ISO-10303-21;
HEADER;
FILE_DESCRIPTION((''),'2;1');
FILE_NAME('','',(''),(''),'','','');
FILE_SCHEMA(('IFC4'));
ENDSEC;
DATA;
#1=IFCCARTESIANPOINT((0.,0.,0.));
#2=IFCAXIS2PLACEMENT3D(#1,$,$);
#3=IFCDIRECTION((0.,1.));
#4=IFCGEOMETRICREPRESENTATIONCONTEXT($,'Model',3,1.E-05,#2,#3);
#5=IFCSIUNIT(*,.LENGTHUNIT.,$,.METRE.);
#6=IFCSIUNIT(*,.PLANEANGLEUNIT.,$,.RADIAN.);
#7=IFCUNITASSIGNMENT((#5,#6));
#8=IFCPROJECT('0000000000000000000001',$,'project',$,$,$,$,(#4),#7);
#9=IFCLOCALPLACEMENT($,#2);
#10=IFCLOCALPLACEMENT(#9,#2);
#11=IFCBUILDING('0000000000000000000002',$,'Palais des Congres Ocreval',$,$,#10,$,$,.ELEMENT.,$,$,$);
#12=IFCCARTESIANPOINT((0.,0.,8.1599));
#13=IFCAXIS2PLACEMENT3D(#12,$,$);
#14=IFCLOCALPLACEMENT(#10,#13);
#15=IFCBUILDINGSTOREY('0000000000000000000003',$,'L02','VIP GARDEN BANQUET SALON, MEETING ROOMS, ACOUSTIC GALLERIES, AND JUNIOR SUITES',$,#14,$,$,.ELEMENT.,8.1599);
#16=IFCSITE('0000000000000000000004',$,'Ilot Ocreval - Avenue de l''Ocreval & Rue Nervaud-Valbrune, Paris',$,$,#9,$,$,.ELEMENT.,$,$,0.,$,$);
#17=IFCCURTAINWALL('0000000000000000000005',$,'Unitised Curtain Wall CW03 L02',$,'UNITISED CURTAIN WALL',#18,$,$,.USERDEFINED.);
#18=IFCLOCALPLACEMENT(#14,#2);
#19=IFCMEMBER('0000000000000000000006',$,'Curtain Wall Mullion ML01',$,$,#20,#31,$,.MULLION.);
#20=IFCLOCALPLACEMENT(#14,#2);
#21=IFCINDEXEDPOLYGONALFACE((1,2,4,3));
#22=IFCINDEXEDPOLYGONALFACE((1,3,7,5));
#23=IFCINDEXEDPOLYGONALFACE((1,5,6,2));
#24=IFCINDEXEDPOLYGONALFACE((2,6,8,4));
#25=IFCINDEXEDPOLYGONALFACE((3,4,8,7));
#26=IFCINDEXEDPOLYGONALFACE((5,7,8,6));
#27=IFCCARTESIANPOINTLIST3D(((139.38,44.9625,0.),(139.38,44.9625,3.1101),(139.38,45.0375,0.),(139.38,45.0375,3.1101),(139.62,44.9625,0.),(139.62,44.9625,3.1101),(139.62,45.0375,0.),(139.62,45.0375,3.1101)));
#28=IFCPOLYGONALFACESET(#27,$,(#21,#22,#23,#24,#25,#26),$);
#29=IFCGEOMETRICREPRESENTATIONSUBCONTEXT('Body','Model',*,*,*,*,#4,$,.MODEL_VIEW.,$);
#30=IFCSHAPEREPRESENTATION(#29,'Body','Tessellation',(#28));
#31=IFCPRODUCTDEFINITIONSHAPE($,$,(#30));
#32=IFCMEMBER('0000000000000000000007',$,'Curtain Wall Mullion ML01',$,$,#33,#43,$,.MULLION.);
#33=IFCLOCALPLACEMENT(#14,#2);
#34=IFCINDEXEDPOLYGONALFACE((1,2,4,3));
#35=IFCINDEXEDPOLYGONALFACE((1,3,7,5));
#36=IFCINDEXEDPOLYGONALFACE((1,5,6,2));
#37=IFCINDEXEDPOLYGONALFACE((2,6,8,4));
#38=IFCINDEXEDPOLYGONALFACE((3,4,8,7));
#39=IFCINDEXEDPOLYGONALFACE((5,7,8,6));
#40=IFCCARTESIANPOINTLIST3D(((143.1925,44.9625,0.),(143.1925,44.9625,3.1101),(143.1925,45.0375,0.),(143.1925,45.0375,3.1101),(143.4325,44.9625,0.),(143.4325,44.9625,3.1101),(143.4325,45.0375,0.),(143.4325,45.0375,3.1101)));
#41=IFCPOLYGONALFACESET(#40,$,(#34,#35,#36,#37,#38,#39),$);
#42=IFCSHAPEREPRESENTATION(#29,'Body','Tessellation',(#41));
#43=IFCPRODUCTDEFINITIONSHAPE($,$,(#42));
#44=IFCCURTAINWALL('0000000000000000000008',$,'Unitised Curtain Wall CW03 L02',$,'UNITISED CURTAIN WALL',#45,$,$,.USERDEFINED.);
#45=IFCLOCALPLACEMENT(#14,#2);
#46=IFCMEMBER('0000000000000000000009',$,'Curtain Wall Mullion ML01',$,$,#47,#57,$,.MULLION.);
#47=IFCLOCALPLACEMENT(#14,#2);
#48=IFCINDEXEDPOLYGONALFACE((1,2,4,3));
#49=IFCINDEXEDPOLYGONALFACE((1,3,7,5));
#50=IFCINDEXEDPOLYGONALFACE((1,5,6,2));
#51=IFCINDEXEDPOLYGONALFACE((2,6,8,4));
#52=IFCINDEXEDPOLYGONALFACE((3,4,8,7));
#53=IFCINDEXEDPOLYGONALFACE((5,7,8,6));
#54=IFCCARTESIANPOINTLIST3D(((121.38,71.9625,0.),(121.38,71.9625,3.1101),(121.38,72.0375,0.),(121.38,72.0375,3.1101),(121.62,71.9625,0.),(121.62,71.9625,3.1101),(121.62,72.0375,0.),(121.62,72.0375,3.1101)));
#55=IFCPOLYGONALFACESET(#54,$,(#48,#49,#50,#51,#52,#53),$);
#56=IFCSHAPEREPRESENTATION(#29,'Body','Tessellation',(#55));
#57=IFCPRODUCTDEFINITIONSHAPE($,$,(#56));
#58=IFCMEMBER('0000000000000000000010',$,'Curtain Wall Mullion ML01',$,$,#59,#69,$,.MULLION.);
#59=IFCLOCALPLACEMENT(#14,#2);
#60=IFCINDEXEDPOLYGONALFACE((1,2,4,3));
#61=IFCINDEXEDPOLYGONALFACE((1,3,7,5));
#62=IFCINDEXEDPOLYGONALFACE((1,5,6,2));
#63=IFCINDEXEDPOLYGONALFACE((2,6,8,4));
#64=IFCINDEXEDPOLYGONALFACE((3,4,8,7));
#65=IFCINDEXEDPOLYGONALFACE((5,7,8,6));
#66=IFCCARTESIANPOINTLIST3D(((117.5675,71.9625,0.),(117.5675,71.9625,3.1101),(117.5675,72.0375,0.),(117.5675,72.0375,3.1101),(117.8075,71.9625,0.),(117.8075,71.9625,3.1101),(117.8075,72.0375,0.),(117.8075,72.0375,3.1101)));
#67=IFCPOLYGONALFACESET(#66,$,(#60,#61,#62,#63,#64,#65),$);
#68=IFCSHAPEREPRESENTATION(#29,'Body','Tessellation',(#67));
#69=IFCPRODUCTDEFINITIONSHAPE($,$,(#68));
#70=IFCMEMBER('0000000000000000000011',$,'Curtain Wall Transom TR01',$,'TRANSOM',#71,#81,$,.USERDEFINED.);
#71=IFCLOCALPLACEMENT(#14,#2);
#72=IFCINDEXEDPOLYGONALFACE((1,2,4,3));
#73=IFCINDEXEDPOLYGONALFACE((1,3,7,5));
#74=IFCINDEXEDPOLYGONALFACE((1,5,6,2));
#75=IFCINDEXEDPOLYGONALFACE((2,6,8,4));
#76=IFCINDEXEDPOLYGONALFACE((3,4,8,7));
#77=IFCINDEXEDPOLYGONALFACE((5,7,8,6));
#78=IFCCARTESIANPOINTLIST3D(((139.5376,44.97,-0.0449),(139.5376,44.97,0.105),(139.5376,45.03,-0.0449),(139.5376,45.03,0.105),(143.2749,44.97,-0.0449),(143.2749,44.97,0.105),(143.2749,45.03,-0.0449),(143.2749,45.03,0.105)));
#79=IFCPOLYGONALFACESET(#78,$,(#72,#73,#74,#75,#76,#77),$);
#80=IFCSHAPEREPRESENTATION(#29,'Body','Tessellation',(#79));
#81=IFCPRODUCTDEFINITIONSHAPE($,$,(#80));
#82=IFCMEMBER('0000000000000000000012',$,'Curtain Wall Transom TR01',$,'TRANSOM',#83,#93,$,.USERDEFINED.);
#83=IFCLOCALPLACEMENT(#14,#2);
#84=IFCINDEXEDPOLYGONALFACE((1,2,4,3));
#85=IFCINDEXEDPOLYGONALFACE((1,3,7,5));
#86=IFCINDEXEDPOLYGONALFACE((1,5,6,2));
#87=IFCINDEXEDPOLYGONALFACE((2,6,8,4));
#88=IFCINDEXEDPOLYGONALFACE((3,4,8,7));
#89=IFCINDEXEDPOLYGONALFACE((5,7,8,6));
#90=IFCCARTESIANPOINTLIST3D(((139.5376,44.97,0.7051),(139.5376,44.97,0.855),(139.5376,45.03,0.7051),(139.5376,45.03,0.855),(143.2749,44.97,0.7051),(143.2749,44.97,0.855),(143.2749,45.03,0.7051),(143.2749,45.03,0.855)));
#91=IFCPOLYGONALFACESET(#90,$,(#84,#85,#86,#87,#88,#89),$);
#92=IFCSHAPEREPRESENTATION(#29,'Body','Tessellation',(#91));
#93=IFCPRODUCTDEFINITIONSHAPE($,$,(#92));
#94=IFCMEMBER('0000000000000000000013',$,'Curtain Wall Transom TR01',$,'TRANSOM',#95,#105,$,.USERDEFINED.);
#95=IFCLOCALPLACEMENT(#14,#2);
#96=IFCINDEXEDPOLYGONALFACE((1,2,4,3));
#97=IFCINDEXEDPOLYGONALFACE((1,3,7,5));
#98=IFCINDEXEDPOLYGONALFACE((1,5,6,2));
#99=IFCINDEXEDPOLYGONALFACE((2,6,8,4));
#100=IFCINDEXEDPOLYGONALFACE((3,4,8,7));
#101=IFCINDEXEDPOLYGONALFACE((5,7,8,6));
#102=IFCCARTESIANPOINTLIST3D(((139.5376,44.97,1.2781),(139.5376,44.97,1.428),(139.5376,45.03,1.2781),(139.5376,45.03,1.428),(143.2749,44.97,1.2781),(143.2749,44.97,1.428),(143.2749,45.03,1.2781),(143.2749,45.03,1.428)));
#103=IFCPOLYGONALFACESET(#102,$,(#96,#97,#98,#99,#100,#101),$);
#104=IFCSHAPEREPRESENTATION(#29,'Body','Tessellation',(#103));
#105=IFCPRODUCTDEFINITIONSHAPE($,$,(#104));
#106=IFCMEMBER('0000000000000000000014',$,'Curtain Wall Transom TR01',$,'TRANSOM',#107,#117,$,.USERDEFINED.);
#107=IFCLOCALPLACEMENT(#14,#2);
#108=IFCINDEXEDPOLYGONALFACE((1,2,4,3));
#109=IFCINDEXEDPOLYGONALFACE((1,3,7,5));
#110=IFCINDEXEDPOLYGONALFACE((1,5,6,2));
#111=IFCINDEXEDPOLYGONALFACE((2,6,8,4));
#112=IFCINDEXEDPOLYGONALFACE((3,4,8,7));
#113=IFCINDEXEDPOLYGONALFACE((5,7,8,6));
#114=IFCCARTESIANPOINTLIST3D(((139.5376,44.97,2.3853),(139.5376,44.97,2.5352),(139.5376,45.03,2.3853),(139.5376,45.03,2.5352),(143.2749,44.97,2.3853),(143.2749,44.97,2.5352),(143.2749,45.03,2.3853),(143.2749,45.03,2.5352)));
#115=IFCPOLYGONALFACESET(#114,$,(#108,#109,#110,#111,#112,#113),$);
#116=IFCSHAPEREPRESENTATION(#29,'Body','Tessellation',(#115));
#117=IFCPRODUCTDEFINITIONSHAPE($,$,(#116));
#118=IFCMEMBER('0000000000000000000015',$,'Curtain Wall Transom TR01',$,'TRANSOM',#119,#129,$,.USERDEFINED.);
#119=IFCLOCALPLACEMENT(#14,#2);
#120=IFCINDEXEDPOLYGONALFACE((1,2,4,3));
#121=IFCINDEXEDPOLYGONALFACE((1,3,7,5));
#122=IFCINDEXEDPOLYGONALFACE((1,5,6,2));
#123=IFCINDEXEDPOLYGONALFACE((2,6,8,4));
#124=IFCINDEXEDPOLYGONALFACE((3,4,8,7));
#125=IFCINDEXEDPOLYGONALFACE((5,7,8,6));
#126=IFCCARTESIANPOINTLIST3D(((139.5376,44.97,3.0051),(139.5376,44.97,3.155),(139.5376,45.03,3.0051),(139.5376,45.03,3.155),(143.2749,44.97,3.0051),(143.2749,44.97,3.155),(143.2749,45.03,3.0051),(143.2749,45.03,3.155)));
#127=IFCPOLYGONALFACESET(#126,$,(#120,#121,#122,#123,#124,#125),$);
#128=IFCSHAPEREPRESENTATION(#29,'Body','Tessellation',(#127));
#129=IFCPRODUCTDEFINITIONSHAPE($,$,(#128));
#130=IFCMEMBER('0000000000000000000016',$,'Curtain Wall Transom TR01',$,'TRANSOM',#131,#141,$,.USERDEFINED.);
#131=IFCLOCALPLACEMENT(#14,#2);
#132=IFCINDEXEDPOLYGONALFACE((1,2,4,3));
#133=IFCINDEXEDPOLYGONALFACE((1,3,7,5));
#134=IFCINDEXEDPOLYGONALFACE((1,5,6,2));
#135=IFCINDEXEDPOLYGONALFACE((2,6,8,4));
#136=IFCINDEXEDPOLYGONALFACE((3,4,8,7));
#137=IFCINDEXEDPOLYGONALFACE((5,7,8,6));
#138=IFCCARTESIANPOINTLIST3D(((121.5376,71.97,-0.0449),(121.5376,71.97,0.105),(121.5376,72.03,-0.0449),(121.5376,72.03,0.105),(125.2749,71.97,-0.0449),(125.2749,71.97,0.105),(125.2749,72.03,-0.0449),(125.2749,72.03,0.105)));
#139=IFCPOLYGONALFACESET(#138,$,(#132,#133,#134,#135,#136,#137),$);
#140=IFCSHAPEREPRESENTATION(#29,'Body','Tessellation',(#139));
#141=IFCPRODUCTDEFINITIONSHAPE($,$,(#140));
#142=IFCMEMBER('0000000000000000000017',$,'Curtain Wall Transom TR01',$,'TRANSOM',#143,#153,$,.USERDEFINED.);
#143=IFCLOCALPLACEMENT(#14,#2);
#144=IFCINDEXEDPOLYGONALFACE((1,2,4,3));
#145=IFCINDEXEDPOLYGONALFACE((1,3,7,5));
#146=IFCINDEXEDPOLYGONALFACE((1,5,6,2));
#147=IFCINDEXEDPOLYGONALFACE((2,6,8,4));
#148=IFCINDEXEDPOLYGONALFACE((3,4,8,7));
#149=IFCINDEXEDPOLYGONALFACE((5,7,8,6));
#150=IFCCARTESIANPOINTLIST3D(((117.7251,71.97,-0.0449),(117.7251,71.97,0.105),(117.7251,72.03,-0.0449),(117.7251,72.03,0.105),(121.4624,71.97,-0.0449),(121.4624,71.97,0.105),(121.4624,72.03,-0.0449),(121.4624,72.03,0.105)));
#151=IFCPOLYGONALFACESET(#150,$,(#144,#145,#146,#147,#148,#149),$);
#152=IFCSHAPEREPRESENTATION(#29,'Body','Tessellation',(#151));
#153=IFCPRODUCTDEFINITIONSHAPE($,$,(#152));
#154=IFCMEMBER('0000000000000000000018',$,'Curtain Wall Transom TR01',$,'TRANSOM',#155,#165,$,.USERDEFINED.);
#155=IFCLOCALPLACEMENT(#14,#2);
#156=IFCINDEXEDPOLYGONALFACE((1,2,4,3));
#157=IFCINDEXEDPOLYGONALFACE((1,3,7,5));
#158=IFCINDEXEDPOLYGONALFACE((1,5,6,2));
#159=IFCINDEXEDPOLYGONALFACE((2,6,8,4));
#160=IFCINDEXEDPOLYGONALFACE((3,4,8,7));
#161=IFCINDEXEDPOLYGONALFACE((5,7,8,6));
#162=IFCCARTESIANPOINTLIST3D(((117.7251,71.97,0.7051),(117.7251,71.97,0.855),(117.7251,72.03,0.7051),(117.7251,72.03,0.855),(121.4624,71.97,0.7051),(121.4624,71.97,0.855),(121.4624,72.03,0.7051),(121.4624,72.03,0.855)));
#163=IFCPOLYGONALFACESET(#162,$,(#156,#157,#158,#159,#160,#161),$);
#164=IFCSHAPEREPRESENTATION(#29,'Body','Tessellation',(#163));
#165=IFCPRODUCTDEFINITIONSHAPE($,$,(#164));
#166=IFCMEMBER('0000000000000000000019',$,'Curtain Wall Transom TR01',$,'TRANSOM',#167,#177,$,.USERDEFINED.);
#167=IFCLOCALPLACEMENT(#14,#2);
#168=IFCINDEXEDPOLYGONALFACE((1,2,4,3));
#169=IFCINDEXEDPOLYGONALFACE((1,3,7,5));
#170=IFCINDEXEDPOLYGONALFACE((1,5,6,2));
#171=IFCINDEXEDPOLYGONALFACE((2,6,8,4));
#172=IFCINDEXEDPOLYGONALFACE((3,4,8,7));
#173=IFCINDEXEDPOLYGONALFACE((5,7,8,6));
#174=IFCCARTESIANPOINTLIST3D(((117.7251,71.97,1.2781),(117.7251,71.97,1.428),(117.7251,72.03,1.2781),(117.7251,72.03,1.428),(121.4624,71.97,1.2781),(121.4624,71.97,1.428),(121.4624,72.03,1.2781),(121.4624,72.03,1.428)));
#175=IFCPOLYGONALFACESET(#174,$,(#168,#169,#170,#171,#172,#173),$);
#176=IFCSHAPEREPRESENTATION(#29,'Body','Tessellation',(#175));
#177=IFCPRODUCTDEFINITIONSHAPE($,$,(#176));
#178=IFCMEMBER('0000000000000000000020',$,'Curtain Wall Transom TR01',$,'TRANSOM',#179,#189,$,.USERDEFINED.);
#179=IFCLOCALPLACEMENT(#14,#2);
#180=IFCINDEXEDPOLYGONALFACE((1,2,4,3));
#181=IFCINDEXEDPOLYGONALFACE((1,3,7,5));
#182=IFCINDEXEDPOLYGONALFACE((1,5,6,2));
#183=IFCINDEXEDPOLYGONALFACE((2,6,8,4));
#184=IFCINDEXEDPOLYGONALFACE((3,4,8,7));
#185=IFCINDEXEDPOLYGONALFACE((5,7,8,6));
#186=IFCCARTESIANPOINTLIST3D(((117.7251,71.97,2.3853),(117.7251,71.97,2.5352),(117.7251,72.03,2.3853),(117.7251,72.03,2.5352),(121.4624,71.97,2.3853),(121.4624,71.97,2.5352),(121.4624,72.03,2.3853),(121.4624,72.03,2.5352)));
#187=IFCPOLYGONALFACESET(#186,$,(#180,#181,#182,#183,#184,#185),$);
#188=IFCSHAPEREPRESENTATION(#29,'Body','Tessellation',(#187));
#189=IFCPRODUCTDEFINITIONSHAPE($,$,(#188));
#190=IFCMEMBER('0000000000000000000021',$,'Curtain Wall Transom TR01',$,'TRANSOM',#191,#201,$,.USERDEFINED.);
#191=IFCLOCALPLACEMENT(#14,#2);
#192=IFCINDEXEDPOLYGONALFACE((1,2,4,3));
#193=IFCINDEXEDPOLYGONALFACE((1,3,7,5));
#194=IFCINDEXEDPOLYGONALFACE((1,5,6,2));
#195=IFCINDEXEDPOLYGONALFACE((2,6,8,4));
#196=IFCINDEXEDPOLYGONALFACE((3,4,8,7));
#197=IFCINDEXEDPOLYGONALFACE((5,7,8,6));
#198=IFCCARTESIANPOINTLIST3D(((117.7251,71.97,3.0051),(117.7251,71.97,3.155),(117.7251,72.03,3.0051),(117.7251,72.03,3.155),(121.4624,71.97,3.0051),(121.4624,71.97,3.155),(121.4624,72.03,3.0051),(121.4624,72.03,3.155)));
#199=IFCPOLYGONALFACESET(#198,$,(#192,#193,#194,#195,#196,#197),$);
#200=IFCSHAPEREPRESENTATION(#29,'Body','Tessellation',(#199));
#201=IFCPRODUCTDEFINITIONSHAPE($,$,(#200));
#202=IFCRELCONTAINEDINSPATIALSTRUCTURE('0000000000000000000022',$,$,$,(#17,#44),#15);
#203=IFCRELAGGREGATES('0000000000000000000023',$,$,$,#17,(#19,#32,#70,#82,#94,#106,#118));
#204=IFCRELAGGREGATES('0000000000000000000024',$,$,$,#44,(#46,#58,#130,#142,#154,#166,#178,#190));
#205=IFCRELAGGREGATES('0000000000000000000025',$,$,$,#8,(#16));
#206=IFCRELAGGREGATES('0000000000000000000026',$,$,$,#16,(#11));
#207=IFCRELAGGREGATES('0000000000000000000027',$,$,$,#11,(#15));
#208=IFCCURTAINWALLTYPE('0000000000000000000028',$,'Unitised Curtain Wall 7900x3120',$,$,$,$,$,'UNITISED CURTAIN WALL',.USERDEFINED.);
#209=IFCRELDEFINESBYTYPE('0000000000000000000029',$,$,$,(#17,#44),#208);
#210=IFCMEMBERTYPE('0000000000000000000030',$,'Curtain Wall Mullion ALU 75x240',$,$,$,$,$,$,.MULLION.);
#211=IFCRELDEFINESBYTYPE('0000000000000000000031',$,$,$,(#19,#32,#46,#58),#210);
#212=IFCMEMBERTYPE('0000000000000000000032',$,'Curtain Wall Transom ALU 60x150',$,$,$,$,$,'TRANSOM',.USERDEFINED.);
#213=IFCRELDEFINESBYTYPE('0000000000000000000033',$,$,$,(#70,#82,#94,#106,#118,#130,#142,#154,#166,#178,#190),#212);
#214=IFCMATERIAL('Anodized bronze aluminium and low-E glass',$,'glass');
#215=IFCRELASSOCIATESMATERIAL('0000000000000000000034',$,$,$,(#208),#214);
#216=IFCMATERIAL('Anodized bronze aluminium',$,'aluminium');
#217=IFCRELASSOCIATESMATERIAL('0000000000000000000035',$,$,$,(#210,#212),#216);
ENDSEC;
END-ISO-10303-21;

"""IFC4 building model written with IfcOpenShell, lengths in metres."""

from ifc_helpers import new_model, si_unit, direction, frame, origin, origin_2d, place, context, subcontext, project, spatial, rectangle, extrude, material, material_profile, profile_set, type_object, element, aggregate, save


model = new_model("IFC4")

# Units and contexts
model_context = context("Model", 3, precision=1e-05, world=origin(), true_north=direction((0.0, 1.0)))
body_context = subcontext(model_context, "Body", "Model", "MODEL_VIEW")
ifc_project = project(units=[si_unit("LENGTHUNIT", "METRE"), si_unit("PLANEANGLEUNIT", "RADIAN")], contexts=[model_context])

# Site, building, storey
site_placement = place(None, origin())
site = spatial("IfcSite", under=ifc_project, at=site_placement, Name="Ilot Ocreval - Avenue de l'Ocreval & Rue Nervaud-Valbrune, Paris", CompositionType="ELEMENT", RefElevation=0.0)
building_placement = place(site_placement, origin())
building = spatial("IfcBuilding", under=site, at=building_placement, Name="Palais des Congres Ocreval", CompositionType="ELEMENT")
storey_placement = place(building_placement, frame((0.0, 0.0, 8.1599)))
storey = spatial("IfcBuildingStorey", under=building, at=storey_placement, Name="L02", Description="VIP GARDEN BANQUET SALON, MEETING ROOMS, ACOUSTIC GALLERIES, AND JUNIOR SUITES", CompositionType="ELEMENT", Elevation=8.1599)

# Curtain walls, members
ifc_material_1 = material(Name="Anodized bronze aluminium and low-E glass", Category="glass")
curtain_wall_type = type_object("IfcCurtainWallType", Name="Unitised Curtain Wall 7900x3120", ElementType="UNITISED CURTAIN WALL", PredefinedType="USERDEFINED", material=ifc_material_1)
curtain_wall_1_placement = place(storey_placement, origin())
curtain_wall_1 = element("IfcCurtainWall", 1, at=curtain_wall_1_placement, inside=storey, type_object=curtain_wall_type, Name="Unitised Curtain Wall CW03 L02", ObjectType="UNITISED CURTAIN WALL", PredefinedType="USERDEFINED")
ifc_material_2 = material(Name="Anodized bronze aluminium", Category="aluminium")
ifc_material_profile_1 = material_profile(ifc_material_2, rectangle(XDim=0.075, YDim=0.24, at=origin_2d()), Name="ALU 75x240")
ifc_profile_set_1 = profile_set([ifc_material_profile_1], Name="Anodized bronze aluminium")
member_type_1 = type_object("IfcMemberType", Name="Curtain Wall Mullion ALU 75x240", PredefinedType="MULLION", material=ifc_profile_set_1)
member_1_placement = place(storey_placement, frame((139.5, 45.0, 0.0), z_axis=(0.0, 0.0, 1.0), x_axis=(0.0, 1.0, 0.0)))
member_1 = element("IfcMember", 2, at=member_1_placement, type_object=member_type_1, Name="Curtain Wall Mullion ML01", PredefinedType="MULLION", context=body_context, shape_type="SweptSolid", body=[
    extrude(rectangle(XDim=0.075, YDim=0.24, at=origin_2d()), origin(), (0.0, 0.0, 1.0), 3.1101),
])
member_2_placement = place(storey_placement, frame((143.3125, 45.0, 0.0), z_axis=(0.0, 0.0, 1.0), x_axis=(0.0, 1.0, 0.0)))
member_2 = element("IfcMember", 3, at=member_2_placement, type_object=member_type_1, Name="Curtain Wall Mullion ML01", PredefinedType="MULLION", context=body_context, shape_type="SweptSolid", body=[
    extrude(rectangle(XDim=0.075, YDim=0.24, at=origin_2d()), origin(), (0.0, 0.0, 1.0), 3.1101),
])
curtain_wall_2_placement = place(storey_placement, origin())
curtain_wall_2 = element("IfcCurtainWall", 4, at=curtain_wall_2_placement, inside=storey, type_object=curtain_wall_type, Name="Unitised Curtain Wall CW03 L02", ObjectType="UNITISED CURTAIN WALL", PredefinedType="USERDEFINED")
member_3_placement = place(storey_placement, frame((121.5, 72.0, 0.0), z_axis=(0.0, 0.0, 1.0), x_axis=(0.0, -1.0, 0.0)))
member_3 = element("IfcMember", 5, at=member_3_placement, type_object=member_type_1, Name="Curtain Wall Mullion ML01", PredefinedType="MULLION", context=body_context, shape_type="SweptSolid", body=[
    extrude(rectangle(XDim=0.075, YDim=0.24, at=origin_2d()), origin(), (0.0, 0.0, 1.0), 3.1101),
])
member_4_placement = place(storey_placement, frame((117.6875, 72.0, 0.0), z_axis=(0.0, 0.0, 1.0), x_axis=(0.0, -1.0, 0.0)))
member_4 = element("IfcMember", 6, at=member_4_placement, type_object=member_type_1, Name="Curtain Wall Mullion ML01", PredefinedType="MULLION", context=body_context, shape_type="SweptSolid", body=[
    extrude(rectangle(XDim=0.075, YDim=0.24, at=origin_2d()), origin(), (0.0, 0.0, 1.0), 3.1101),
])

# Members
ifc_material_profile_2 = material_profile(ifc_material_2, rectangle(XDim=0.0601, YDim=0.1499, at=origin_2d()), Name="ALU 60x150")
ifc_profile_set_2 = profile_set([ifc_material_profile_2], Name="Anodized bronze aluminium")
member_type_2 = type_object("IfcMemberType", Name="Curtain Wall Transom ALU 60x150", ElementType="TRANSOM", PredefinedType="USERDEFINED", material=ifc_profile_set_2)
member_5_placement = place(storey_placement, frame((139.5376, 45.0, 0.03), z_axis=(1.0, 0.0, 0.0), x_axis=(0.0, 1.0, 0.0)))
member_5 = element("IfcMember", 7, at=member_5_placement, type_object=member_type_2, Name="Curtain Wall Transom TR01", ObjectType="TRANSOM", PredefinedType="USERDEFINED", context=body_context, shape_type="SweptSolid", body=[
    extrude(rectangle(XDim=0.0601, YDim=0.1499, at=origin_2d()), origin(), (0.0, 0.0, 1.0), 3.7373),
])
member_6_placement = place(storey_placement, frame((139.5376, 45.0, 0.78), z_axis=(1.0, 0.0, 0.0), x_axis=(0.0, 1.0, 0.0)))
member_6 = element("IfcMember", 8, at=member_6_placement, type_object=member_type_2, Name="Curtain Wall Transom TR01", ObjectType="TRANSOM", PredefinedType="USERDEFINED", context=body_context, shape_type="SweptSolid", body=[
    extrude(rectangle(XDim=0.0601, YDim=0.1499, at=origin_2d()), origin(), (0.0, 0.0, 1.0), 3.7373),
])
member_7_placement = place(storey_placement, frame((139.5376, 45.0, 1.353), z_axis=(1.0, 0.0, 0.0), x_axis=(0.0, 1.0, 0.0)))
member_7 = element("IfcMember", 9, at=member_7_placement, type_object=member_type_2, Name="Curtain Wall Transom TR01", ObjectType="TRANSOM", PredefinedType="USERDEFINED", context=body_context, shape_type="SweptSolid", body=[
    extrude(rectangle(XDim=0.0601, YDim=0.1499, at=origin_2d()), origin(), (0.0, 0.0, 1.0), 3.7373),
])
member_8_placement = place(storey_placement, frame((139.5376, 45.0, 2.4602), z_axis=(1.0, 0.0, 0.0), x_axis=(0.0, 1.0, 0.0)))
member_8 = element("IfcMember", 10, at=member_8_placement, type_object=member_type_2, Name="Curtain Wall Transom TR01", ObjectType="TRANSOM", PredefinedType="USERDEFINED", context=body_context, shape_type="SweptSolid", body=[
    extrude(rectangle(XDim=0.0601, YDim=0.1499, at=origin_2d()), origin(), (0.0, 0.0, 1.0), 3.7373),
])
member_9_placement = place(storey_placement, frame((139.5376, 45.0, 3.0801), z_axis=(1.0, 0.0, 0.0), x_axis=(0.0, 1.0, 0.0)))
member_9 = element("IfcMember", 11, at=member_9_placement, type_object=member_type_2, Name="Curtain Wall Transom TR01", ObjectType="TRANSOM", PredefinedType="USERDEFINED", context=body_context, shape_type="SweptSolid", body=[
    extrude(rectangle(XDim=0.0601, YDim=0.1499, at=origin_2d()), origin(), (0.0, 0.0, 1.0), 3.7373),
])
member_10_placement = place(storey_placement, frame((125.2749, 72.0, 0.03), z_axis=(-1.0, 0.0, 0.0), x_axis=(0.0, -1.0, 0.0)))
member_10 = element("IfcMember", 12, at=member_10_placement, type_object=member_type_2, Name="Curtain Wall Transom TR01", ObjectType="TRANSOM", PredefinedType="USERDEFINED", context=body_context, shape_type="SweptSolid", body=[
    extrude(rectangle(XDim=0.0601, YDim=0.1499, at=origin_2d()), origin(), (0.0, 0.0, 1.0), 3.7373),
])
member_11_placement = place(storey_placement, frame((121.4624, 72.0, 0.03), z_axis=(-1.0, 0.0, 0.0), x_axis=(0.0, -1.0, 0.0)))
member_11 = element("IfcMember", 13, at=member_11_placement, type_object=member_type_2, Name="Curtain Wall Transom TR01", ObjectType="TRANSOM", PredefinedType="USERDEFINED", context=body_context, shape_type="SweptSolid", body=[
    extrude(rectangle(XDim=0.0601, YDim=0.1499, at=origin_2d()), origin(), (0.0, 0.0, 1.0), 3.7373),
])
member_12_placement = place(storey_placement, frame((121.4624, 72.0, 0.78), z_axis=(-1.0, 0.0, 0.0), x_axis=(0.0, -1.0, 0.0)))
member_12 = element("IfcMember", 14, at=member_12_placement, type_object=member_type_2, Name="Curtain Wall Transom TR01", ObjectType="TRANSOM", PredefinedType="USERDEFINED", context=body_context, shape_type="SweptSolid", body=[
    extrude(rectangle(XDim=0.0601, YDim=0.1499, at=origin_2d()), origin(), (0.0, 0.0, 1.0), 3.7373),
])
member_13_placement = place(storey_placement, frame((121.4624, 72.0, 1.353), z_axis=(-1.0, 0.0, 0.0), x_axis=(0.0, -1.0, 0.0)))
member_13 = element("IfcMember", 15, at=member_13_placement, type_object=member_type_2, Name="Curtain Wall Transom TR01", ObjectType="TRANSOM", PredefinedType="USERDEFINED", context=body_context, shape_type="SweptSolid", body=[
    extrude(rectangle(XDim=0.0601, YDim=0.1499, at=origin_2d()), origin(), (0.0, 0.0, 1.0), 3.7373),
])
member_14_placement = place(storey_placement, frame((121.4624, 72.0, 2.4602), z_axis=(-1.0, 0.0, 0.0), x_axis=(0.0, -1.0, 0.0)))
member_14 = element("IfcMember", 16, at=member_14_placement, type_object=member_type_2, Name="Curtain Wall Transom TR01", ObjectType="TRANSOM", PredefinedType="USERDEFINED", context=body_context, shape_type="SweptSolid", body=[
    extrude(rectangle(XDim=0.0601, YDim=0.1499, at=origin_2d()), origin(), (0.0, 0.0, 1.0), 3.7373),
])
member_15_placement = place(storey_placement, frame((121.4624, 72.0, 3.0801), z_axis=(-1.0, 0.0, 0.0), x_axis=(0.0, -1.0, 0.0)))
member_15 = element("IfcMember", 17, at=member_15_placement, type_object=member_type_2, Name="Curtain Wall Transom TR01", ObjectType="TRANSOM", PredefinedType="USERDEFINED", context=body_context, shape_type="SweptSolid", body=[
    extrude(rectangle(XDim=0.0601, YDim=0.1499, at=origin_2d()), origin(), (0.0, 0.0, 1.0), 3.7373),
])

aggregate(curtain_wall_1, [member_1, member_2, member_5, member_6, member_7, member_8, member_9])

aggregate(curtain_wall_2, [member_3, member_4, member_10, member_11, member_12, member_13, member_14, member_15])

save(model, "model.ifc")
